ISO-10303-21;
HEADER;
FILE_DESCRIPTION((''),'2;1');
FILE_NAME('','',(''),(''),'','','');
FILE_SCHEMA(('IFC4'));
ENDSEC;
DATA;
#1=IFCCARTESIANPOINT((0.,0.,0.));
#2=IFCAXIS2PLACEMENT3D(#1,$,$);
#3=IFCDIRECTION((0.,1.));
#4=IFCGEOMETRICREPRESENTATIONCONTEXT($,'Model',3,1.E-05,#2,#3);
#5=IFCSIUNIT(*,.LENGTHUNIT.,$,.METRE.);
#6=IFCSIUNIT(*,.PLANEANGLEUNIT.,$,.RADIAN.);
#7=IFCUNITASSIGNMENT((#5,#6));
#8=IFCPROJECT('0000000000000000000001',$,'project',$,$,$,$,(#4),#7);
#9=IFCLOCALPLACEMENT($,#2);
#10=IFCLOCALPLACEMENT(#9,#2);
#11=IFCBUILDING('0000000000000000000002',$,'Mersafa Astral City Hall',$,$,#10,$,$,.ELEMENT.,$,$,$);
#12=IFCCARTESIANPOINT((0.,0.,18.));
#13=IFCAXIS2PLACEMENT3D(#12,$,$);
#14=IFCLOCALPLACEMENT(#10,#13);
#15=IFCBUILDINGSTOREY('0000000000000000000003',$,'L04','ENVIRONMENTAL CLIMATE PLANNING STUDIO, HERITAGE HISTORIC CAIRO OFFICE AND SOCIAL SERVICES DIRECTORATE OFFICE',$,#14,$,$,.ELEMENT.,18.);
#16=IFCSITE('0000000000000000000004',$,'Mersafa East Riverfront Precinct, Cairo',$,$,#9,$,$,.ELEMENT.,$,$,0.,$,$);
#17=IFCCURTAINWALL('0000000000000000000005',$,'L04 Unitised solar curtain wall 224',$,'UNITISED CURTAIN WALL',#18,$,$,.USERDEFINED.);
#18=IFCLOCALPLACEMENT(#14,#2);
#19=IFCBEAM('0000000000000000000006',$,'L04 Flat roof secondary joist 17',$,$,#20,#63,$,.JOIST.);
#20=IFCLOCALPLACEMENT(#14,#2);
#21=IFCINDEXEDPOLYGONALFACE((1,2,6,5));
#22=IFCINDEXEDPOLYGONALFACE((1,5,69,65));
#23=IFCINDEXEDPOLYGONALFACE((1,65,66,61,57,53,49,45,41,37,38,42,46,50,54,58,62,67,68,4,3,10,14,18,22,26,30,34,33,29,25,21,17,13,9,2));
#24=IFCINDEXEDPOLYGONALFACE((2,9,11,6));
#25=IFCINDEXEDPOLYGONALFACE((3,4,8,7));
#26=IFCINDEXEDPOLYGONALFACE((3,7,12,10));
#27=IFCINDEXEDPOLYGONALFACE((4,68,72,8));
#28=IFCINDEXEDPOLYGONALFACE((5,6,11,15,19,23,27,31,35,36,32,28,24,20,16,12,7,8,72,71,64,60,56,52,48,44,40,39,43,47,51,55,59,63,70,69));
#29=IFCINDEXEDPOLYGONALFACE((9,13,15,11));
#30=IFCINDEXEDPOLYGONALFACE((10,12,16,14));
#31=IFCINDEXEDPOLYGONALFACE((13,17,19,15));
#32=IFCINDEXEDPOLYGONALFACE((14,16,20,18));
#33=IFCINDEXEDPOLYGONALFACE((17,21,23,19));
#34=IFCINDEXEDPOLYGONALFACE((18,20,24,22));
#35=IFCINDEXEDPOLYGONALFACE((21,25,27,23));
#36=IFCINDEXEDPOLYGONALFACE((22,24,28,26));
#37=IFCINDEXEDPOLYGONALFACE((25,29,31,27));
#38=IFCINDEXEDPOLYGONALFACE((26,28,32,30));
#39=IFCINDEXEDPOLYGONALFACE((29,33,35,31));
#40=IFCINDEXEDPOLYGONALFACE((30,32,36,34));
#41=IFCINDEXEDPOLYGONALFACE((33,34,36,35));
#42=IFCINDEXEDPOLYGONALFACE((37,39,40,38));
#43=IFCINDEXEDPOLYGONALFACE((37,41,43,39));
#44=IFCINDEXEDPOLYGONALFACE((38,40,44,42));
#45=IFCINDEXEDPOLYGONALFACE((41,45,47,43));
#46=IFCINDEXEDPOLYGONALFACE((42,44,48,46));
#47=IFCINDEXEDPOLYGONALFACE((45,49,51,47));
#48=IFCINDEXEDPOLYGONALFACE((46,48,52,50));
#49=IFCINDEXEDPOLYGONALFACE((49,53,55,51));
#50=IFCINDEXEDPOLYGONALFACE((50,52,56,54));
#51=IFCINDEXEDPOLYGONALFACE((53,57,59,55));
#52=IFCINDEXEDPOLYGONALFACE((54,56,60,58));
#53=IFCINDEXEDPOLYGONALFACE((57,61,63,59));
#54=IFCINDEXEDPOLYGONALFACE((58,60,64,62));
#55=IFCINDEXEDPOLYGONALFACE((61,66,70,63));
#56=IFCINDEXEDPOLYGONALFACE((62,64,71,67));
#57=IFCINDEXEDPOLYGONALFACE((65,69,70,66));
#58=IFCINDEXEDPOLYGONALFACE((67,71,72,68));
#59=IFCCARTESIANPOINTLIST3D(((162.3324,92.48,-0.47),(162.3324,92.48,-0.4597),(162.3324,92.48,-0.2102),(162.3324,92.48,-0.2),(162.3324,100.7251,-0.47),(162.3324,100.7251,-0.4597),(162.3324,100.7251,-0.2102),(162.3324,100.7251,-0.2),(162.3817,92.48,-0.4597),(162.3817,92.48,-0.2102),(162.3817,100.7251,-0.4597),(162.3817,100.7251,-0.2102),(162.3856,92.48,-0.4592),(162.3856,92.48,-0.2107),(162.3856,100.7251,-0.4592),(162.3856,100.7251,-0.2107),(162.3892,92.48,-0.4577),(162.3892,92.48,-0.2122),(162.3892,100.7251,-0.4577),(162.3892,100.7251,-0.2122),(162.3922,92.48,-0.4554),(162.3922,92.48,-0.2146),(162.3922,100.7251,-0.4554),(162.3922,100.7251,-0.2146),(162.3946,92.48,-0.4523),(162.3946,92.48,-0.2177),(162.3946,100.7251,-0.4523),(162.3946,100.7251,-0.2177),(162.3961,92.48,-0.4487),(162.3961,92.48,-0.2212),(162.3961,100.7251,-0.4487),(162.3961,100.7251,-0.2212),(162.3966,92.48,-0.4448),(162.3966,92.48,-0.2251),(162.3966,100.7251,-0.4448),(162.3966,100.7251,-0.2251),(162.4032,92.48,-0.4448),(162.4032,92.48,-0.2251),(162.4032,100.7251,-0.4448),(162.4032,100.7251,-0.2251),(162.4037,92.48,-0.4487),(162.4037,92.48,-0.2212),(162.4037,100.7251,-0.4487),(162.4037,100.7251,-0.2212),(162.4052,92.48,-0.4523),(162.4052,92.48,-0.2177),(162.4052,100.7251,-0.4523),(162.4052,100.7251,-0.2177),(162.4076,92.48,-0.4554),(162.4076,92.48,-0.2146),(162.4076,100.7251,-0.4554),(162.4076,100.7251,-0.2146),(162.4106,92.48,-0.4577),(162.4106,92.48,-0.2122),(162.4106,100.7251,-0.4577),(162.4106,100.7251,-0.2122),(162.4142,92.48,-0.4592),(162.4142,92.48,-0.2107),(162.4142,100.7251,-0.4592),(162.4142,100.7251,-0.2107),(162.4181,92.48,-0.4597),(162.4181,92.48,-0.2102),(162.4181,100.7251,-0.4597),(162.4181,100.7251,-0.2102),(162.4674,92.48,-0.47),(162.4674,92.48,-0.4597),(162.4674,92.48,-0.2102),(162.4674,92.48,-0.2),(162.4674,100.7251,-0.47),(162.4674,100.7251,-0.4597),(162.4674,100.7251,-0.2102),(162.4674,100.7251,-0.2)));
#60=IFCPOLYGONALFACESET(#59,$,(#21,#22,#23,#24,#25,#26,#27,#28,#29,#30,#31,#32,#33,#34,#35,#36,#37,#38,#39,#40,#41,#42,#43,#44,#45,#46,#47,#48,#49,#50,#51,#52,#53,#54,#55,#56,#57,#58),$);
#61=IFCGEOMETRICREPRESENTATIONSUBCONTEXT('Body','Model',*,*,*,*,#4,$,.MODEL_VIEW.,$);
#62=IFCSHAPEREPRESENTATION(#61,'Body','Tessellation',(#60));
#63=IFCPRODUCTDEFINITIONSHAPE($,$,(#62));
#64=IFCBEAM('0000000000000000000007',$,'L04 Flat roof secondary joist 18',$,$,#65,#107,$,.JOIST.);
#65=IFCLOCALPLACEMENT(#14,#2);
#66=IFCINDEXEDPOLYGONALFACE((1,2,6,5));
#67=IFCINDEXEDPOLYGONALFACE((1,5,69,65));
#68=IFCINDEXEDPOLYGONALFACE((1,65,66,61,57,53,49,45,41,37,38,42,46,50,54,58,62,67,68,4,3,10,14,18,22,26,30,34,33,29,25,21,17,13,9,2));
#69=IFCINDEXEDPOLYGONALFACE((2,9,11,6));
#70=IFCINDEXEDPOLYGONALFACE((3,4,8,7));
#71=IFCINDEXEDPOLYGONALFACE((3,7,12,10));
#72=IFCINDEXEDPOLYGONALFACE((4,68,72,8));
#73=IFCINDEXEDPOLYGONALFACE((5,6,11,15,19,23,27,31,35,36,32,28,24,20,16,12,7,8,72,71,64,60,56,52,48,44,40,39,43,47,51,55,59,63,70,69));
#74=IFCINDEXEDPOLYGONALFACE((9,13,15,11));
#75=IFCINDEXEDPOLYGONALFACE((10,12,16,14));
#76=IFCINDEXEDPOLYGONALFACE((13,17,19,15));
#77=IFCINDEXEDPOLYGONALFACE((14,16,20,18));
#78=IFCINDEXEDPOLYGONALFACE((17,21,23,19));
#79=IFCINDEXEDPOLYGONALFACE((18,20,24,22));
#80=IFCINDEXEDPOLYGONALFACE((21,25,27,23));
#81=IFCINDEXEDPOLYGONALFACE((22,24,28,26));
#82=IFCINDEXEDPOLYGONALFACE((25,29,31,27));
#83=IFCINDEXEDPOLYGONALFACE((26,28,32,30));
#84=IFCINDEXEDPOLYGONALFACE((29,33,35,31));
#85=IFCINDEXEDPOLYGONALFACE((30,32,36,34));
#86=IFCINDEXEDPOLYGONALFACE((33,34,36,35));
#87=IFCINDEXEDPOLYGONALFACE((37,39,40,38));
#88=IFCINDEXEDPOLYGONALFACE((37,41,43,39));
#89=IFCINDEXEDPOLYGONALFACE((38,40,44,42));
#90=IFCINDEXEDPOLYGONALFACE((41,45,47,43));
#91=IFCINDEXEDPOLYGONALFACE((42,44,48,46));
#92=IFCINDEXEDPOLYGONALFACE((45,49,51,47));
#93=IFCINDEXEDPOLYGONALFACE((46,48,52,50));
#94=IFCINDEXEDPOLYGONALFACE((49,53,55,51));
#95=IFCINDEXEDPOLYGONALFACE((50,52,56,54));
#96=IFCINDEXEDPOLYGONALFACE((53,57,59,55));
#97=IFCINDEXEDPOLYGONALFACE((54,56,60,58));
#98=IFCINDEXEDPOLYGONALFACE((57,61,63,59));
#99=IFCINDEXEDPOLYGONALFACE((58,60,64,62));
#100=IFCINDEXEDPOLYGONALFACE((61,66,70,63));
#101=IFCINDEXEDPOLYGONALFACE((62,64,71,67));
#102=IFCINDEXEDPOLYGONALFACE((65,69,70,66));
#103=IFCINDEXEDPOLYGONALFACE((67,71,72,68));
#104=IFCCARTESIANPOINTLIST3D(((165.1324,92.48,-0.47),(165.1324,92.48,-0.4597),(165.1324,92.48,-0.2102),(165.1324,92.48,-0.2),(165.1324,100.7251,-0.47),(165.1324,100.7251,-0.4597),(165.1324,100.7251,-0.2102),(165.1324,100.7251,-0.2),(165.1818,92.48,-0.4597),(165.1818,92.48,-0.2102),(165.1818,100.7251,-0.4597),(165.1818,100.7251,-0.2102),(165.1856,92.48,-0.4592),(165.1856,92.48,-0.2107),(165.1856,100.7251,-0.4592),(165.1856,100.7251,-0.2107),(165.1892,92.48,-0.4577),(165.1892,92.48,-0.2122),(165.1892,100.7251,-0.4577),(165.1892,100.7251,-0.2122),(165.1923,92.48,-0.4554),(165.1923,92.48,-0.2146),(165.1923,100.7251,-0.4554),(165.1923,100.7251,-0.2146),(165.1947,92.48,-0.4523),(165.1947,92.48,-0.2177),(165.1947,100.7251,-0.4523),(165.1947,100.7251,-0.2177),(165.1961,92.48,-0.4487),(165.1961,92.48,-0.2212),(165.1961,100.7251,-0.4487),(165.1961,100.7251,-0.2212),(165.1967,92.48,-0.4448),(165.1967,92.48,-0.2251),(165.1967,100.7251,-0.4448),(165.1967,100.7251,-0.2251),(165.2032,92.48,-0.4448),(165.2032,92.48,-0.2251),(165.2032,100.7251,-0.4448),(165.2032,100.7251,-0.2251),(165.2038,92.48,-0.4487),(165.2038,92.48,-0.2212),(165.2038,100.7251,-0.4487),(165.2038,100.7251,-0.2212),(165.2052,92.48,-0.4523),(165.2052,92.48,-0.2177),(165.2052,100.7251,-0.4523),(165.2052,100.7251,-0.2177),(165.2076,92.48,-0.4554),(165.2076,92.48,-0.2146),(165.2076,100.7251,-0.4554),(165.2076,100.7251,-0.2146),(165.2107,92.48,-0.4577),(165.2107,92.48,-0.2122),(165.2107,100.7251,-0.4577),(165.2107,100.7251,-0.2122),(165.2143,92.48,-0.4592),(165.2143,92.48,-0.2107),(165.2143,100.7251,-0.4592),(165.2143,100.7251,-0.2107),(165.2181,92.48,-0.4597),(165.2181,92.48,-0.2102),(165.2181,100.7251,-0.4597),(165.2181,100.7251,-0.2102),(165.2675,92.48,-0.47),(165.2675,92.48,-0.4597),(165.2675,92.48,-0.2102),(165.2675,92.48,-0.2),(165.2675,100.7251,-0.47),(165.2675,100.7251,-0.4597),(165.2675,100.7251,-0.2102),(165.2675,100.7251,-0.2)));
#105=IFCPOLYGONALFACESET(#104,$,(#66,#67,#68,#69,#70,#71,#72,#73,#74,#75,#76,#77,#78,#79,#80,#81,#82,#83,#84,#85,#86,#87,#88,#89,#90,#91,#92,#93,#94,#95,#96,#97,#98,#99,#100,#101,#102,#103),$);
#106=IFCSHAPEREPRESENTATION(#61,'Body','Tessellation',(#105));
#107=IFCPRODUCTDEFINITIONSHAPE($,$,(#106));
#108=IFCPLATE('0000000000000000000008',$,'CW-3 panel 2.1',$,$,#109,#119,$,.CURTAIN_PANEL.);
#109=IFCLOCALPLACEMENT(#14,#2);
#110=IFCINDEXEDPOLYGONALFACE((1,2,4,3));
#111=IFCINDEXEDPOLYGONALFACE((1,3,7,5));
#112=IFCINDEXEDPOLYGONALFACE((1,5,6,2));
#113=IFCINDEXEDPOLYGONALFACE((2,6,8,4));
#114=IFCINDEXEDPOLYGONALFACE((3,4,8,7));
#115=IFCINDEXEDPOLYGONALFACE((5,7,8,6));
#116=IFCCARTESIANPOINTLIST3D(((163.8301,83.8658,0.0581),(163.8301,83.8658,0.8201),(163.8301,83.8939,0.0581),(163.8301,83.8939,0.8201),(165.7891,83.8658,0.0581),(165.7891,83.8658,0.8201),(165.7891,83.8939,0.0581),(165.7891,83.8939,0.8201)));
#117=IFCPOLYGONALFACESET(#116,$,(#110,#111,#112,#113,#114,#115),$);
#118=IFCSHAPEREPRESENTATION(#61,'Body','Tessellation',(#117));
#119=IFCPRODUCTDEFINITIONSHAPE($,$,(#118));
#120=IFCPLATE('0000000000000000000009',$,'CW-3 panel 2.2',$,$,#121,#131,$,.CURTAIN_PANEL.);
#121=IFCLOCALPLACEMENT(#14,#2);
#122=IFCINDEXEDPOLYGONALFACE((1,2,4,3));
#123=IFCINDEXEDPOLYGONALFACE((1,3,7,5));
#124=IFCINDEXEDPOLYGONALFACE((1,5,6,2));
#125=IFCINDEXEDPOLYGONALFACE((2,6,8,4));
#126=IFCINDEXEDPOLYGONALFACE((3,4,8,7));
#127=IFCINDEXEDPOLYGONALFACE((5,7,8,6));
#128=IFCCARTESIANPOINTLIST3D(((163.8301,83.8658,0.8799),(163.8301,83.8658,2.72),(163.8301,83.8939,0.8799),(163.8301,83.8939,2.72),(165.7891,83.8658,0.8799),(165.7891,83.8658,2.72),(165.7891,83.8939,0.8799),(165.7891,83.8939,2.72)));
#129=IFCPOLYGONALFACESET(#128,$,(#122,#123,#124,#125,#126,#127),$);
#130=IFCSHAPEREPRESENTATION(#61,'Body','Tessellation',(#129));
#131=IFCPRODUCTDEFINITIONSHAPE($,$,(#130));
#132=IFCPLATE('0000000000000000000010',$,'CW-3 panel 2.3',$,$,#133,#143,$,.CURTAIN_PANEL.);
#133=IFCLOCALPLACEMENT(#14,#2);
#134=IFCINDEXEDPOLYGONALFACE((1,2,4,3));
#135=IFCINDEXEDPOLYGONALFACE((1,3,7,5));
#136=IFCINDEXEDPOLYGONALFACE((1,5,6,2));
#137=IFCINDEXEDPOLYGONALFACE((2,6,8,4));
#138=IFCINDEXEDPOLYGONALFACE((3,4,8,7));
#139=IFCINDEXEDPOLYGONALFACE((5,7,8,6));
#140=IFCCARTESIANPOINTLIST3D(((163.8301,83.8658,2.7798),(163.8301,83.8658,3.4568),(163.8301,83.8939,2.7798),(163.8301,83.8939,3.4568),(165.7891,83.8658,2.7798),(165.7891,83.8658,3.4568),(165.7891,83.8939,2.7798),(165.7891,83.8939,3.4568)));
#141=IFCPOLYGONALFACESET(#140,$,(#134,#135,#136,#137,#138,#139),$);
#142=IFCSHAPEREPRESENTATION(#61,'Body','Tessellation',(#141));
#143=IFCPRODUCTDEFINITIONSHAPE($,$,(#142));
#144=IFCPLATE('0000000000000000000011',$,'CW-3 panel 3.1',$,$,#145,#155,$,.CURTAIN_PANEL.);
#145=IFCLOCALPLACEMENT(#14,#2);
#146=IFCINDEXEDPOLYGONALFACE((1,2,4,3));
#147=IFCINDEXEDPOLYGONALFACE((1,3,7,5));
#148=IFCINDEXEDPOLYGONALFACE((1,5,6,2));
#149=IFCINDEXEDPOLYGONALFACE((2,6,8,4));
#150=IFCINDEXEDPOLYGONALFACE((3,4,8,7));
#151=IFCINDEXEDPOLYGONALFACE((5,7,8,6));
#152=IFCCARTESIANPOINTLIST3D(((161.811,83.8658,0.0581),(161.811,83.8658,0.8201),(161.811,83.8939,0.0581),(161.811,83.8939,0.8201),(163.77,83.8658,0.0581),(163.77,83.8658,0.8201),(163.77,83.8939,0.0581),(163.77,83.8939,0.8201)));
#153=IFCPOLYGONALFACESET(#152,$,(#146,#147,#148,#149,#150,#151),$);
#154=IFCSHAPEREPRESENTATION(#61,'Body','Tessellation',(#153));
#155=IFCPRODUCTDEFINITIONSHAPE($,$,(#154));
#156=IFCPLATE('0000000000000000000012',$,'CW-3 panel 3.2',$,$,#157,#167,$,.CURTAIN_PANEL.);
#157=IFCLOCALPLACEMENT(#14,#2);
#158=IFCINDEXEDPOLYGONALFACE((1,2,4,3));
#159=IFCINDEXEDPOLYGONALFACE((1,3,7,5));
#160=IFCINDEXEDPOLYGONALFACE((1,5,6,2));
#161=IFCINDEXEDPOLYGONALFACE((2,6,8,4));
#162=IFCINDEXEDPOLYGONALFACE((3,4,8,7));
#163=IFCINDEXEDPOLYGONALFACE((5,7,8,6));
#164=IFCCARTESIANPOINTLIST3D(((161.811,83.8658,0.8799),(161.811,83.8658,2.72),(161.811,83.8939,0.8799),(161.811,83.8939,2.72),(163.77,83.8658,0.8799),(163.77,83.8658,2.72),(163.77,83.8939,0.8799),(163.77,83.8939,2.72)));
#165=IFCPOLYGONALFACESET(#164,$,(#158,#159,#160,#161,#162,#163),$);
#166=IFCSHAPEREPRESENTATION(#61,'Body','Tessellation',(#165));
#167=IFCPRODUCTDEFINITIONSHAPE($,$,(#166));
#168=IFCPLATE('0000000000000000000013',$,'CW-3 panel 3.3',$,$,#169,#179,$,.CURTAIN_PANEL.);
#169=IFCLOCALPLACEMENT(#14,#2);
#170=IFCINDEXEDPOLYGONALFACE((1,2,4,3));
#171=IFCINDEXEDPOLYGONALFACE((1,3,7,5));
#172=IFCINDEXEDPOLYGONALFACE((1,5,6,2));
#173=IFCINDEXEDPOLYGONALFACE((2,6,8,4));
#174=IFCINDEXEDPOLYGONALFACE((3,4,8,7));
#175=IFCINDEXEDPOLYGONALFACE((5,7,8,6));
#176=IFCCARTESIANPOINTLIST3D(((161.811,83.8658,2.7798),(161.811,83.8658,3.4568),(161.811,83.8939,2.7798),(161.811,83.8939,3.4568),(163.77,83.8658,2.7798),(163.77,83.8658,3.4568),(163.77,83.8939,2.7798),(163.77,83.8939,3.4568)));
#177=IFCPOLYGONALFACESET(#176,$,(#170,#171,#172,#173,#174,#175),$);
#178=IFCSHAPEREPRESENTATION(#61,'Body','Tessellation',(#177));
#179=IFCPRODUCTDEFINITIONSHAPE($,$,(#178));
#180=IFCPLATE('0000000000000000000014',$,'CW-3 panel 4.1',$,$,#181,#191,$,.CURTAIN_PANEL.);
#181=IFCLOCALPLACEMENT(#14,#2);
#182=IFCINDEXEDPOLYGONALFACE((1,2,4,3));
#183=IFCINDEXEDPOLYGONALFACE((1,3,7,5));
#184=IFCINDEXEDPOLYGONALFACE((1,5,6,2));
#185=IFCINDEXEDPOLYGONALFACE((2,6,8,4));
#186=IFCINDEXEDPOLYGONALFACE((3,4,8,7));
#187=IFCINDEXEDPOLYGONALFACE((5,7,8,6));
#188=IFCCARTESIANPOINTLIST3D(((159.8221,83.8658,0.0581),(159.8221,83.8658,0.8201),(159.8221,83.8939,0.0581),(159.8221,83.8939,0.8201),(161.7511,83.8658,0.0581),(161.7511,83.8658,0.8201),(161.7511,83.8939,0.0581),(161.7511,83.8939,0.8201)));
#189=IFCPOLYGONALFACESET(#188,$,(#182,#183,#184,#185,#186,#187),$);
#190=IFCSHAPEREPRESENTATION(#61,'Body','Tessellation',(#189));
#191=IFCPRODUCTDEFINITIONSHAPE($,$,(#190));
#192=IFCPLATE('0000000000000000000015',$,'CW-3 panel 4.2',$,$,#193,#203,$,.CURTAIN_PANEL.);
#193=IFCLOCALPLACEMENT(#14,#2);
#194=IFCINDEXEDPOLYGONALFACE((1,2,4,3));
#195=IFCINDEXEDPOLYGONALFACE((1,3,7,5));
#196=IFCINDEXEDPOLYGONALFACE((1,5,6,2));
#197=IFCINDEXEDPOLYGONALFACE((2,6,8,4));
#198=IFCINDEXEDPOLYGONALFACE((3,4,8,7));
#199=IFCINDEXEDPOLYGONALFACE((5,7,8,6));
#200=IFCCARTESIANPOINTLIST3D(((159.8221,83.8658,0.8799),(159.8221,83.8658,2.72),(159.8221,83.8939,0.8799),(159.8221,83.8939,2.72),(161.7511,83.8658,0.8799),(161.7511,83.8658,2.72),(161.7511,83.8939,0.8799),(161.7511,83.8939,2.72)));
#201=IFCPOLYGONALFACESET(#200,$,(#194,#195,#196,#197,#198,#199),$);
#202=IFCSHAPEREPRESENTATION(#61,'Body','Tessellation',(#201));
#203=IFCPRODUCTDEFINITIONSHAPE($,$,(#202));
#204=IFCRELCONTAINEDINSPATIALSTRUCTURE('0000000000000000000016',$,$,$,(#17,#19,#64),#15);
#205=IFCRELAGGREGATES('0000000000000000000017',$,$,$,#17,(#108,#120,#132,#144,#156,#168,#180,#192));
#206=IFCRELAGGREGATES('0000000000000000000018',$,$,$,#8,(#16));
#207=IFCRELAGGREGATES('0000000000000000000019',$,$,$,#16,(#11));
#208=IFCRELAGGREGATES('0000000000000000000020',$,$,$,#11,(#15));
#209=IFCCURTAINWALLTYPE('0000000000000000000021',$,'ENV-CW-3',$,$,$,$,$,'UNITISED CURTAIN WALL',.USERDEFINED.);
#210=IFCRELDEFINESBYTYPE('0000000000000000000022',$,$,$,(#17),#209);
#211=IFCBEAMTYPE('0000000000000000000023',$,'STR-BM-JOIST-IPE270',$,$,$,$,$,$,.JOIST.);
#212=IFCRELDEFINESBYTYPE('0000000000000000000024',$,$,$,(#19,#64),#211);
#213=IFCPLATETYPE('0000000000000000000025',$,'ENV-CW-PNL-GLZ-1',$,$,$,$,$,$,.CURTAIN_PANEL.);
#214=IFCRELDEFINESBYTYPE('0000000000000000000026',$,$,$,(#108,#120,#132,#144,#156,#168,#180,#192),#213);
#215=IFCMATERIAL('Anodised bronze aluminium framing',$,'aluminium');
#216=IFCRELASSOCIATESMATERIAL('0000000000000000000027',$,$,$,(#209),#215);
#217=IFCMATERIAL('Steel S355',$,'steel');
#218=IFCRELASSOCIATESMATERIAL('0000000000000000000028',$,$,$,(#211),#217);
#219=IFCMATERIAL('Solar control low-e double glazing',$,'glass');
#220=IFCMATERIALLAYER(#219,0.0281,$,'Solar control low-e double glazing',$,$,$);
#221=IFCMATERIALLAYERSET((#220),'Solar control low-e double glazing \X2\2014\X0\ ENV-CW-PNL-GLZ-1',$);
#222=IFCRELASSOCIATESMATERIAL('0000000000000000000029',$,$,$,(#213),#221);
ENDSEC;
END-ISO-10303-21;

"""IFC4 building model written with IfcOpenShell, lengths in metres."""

from ifc_helpers import new_model, si_unit, direction, frame, origin, origin_2d, place, context, subcontext, project, spatial, rectangle, i_section, extrude, material, layer, layer_set, material_profile, profile_set, type_object, element, aggregate, save


model = new_model("IFC4")

# Units and contexts
model_context = context("Model", 3, precision=1e-05, world=origin(), true_north=direction((0.0, 1.0)))
body_context = subcontext(model_context, "Body", "Model", "MODEL_VIEW")
ifc_project = project(units=[si_unit("LENGTHUNIT", "METRE"), si_unit("PLANEANGLEUNIT", "RADIAN")], contexts=[model_context])

# Site, building, storey
site_placement = place(None, origin())
site = spatial("IfcSite", under=ifc_project, at=site_placement, Name="Mersafa East Riverfront Precinct, Cairo", CompositionType="ELEMENT", RefElevation=0.0)
building_placement = place(site_placement, origin())
building = spatial("IfcBuilding", under=site, at=building_placement, Name="Mersafa Astral City Hall", CompositionType="ELEMENT")
storey_placement = place(building_placement, frame((0.0, 0.0, 18.0)))
storey = spatial("IfcBuildingStorey", under=building, at=storey_placement, Name="L04", Description="ENVIRONMENTAL CLIMATE PLANNING STUDIO, HERITAGE HISTORIC CAIRO OFFICE AND SOCIAL SERVICES DIRECTORATE OFFICE", CompositionType="ELEMENT", Elevation=18.0)

# Curtain wall
ifc_material_1 = material(Name="Anodised bronze aluminium framing", Category="aluminium")
curtain_wall_type = type_object("IfcCurtainWallType", Name="ENV-CW-3", ElementType="UNITISED CURTAIN WALL", PredefinedType="USERDEFINED", material=ifc_material_1)
curtain_wall_placement = place(storey_placement, origin())
curtain_wall = element("IfcCurtainWall", 1, at=curtain_wall_placement, inside=storey, type_object=curtain_wall_type, Name="L04 Unitised solar curtain wall 224", ObjectType="UNITISED CURTAIN WALL", PredefinedType="USERDEFINED")

# Beams
ifc_material_2 = material(Name="Steel S355", Category="steel")
ifc_material_profile_1 = material_profile(ifc_material_2, i_section(OverallWidth=0.135, OverallDepth=0.27, WebThickness=0.0066, FlangeThickness=0.0103, FilletRadius=0.0149, at=origin_2d()), Name="IPE 270")
ifc_profile_set_1 = profile_set([ifc_material_profile_1], Name="Steel S355")
beam_type = type_object("IfcBeamType", Name="STR-BM-JOIST-IPE270", PredefinedType="JOIST", material=ifc_profile_set_1)
for number, where, z_axis, x_axis, name in (
    (2, (162.3999, 92.48, -0.335), (0.0, 1.0, 0.0), (-1.0, 0.0, 0.0), "L04 Flat roof secondary joist 17"),
    (3, (165.2, 92.48, -0.335), (0.0, 1.0, 0.0), (-1.0, 0.0, 0.0), "L04 Flat roof secondary joist 18"),
):
    element("IfcBeam", number, at=place(storey_placement, frame(where, z_axis=z_axis, x_axis=x_axis)), inside=storey, type_object=beam_type, Name=name, PredefinedType="JOIST", context=body_context, shape_type="SweptSolid", body=[
        extrude(i_section(OverallWidth=0.135, OverallDepth=0.27, WebThickness=0.0066, FlangeThickness=0.0103, FilletRadius=0.0149, at=origin_2d()), origin(), (0.0, 0.0, 1.0), 8.2451),
    ])

# Plates
ifc_material_3 = material(Name="Solar control low-e double glazing", Category="glass")
ifc_layer = layer(ifc_material_3, 0.0281, Name="Solar control low-e double glazing")
ifc_layer_set = layer_set([ifc_layer], Name="Solar control low-e double glazing — ENV-CW-PNL-GLZ-1")
plate_type = type_object("IfcPlateType", Name="ENV-CW-PNL-GLZ-1", PredefinedType="CURTAIN_PANEL", material=ifc_layer_set)
plate_1_placement = place(storey_placement, frame((164.8096, 83.8799, 0.0581), z_axis=(0.0, 0.0, 1.0), x_axis=(-1.0, 0.0, 0.0)))
plate_1 = element("IfcPlate", 4, at=plate_1_placement, type_object=plate_type, Name="CW-3 panel 2.1", PredefinedType="CURTAIN_PANEL", context=body_context, shape_type="SweptSolid", body=[
    extrude(rectangle(XDim=1.959, YDim=0.0281, at=origin_2d()), origin(), (0.0, 0.0, 1.0), 0.762),
])
plate_2_placement = place(storey_placement, frame((164.8096, 83.8799, 0.8799), z_axis=(0.0, 0.0, 1.0), x_axis=(-1.0, 0.0, 0.0)))
plate_2 = element("IfcPlate", 5, at=plate_2_placement, type_object=plate_type, Name="CW-3 panel 2.2", PredefinedType="CURTAIN_PANEL", context=body_context, shape_type="SweptSolid", body=[
    extrude(rectangle(XDim=1.959, YDim=0.0281, at=origin_2d()), origin(), (0.0, 0.0, 1.0), 1.8401),
])
plate_3_placement = place(storey_placement, frame((164.8096, 83.8799, 2.7798), z_axis=(0.0, 0.0, 1.0), x_axis=(-1.0, 0.0, 0.0)))
plate_3 = element("IfcPlate", 6, at=plate_3_placement, type_object=plate_type, Name="CW-3 panel 2.3", PredefinedType="CURTAIN_PANEL", context=body_context, shape_type="SweptSolid", body=[
    extrude(rectangle(XDim=1.959, YDim=0.0281, at=origin_2d()), origin(), (0.0, 0.0, 1.0), 0.677),
])
plate_4_placement = place(storey_placement, frame((162.7905, 83.8799, 0.0581), z_axis=(0.0, 0.0, 1.0), x_axis=(-1.0, 0.0, 0.0)))
plate_4 = element("IfcPlate", 7, at=plate_4_placement, type_object=plate_type, Name="CW-3 panel 3.1", PredefinedType="CURTAIN_PANEL", context=body_context, shape_type="SweptSolid", body=[
    extrude(rectangle(XDim=1.959, YDim=0.0281, at=origin_2d()), origin(), (0.0, 0.0, 1.0), 0.762),
])
plate_5_placement = place(storey_placement, frame((162.7905, 83.8799, 0.8799), z_axis=(0.0, 0.0, 1.0), x_axis=(-1.0, 0.0, 0.0)))
plate_5 = element("IfcPlate", 8, at=plate_5_placement, type_object=plate_type, Name="CW-3 panel 3.2", PredefinedType="CURTAIN_PANEL", context=body_context, shape_type="SweptSolid", body=[
    extrude(rectangle(XDim=1.959, YDim=0.0281, at=origin_2d()), origin(), (0.0, 0.0, 1.0), 1.8401),
])
plate_6_placement = place(storey_placement, frame((162.7905, 83.8799, 2.7798), z_axis=(0.0, 0.0, 1.0), x_axis=(-1.0, 0.0, 0.0)))
plate_6 = element("IfcPlate", 9, at=plate_6_placement, type_object=plate_type, Name="CW-3 panel 3.3", PredefinedType="CURTAIN_PANEL", context=body_context, shape_type="SweptSolid", body=[
    extrude(rectangle(XDim=1.959, YDim=0.0281, at=origin_2d()), origin(), (0.0, 0.0, 1.0), 0.677),
])
plate_7_placement = place(storey_placement, frame((160.7866, 83.8799, 0.0581), z_axis=(0.0, 0.0, 1.0), x_axis=(-1.0, 0.0, 0.0)))
plate_7 = element("IfcPlate", 10, at=plate_7_placement, type_object=plate_type, Name="CW-3 panel 4.1", PredefinedType="CURTAIN_PANEL", context=body_context, shape_type="SweptSolid", body=[
    extrude(rectangle(XDim=1.929, YDim=0.0281, at=origin_2d()), origin(), (0.0, 0.0, 1.0), 0.762),
])
plate_8_placement = place(storey_placement, frame((160.7866, 83.8799, 0.8799), z_axis=(0.0, 0.0, 1.0), x_axis=(-1.0, 0.0, 0.0)))
plate_8 = element("IfcPlate", 11, at=plate_8_placement, type_object=plate_type, Name="CW-3 panel 4.2", PredefinedType="CURTAIN_PANEL", context=body_context, shape_type="SweptSolid", body=[
    extrude(rectangle(XDim=1.929, YDim=0.0281, at=origin_2d()), origin(), (0.0, 0.0, 1.0), 1.8401),
])
aggregate(curtain_wall, [plate_1, plate_2, plate_3, plate_4, plate_5, plate_6, plate_7, plate_8])

save(model, "model.ifc")
